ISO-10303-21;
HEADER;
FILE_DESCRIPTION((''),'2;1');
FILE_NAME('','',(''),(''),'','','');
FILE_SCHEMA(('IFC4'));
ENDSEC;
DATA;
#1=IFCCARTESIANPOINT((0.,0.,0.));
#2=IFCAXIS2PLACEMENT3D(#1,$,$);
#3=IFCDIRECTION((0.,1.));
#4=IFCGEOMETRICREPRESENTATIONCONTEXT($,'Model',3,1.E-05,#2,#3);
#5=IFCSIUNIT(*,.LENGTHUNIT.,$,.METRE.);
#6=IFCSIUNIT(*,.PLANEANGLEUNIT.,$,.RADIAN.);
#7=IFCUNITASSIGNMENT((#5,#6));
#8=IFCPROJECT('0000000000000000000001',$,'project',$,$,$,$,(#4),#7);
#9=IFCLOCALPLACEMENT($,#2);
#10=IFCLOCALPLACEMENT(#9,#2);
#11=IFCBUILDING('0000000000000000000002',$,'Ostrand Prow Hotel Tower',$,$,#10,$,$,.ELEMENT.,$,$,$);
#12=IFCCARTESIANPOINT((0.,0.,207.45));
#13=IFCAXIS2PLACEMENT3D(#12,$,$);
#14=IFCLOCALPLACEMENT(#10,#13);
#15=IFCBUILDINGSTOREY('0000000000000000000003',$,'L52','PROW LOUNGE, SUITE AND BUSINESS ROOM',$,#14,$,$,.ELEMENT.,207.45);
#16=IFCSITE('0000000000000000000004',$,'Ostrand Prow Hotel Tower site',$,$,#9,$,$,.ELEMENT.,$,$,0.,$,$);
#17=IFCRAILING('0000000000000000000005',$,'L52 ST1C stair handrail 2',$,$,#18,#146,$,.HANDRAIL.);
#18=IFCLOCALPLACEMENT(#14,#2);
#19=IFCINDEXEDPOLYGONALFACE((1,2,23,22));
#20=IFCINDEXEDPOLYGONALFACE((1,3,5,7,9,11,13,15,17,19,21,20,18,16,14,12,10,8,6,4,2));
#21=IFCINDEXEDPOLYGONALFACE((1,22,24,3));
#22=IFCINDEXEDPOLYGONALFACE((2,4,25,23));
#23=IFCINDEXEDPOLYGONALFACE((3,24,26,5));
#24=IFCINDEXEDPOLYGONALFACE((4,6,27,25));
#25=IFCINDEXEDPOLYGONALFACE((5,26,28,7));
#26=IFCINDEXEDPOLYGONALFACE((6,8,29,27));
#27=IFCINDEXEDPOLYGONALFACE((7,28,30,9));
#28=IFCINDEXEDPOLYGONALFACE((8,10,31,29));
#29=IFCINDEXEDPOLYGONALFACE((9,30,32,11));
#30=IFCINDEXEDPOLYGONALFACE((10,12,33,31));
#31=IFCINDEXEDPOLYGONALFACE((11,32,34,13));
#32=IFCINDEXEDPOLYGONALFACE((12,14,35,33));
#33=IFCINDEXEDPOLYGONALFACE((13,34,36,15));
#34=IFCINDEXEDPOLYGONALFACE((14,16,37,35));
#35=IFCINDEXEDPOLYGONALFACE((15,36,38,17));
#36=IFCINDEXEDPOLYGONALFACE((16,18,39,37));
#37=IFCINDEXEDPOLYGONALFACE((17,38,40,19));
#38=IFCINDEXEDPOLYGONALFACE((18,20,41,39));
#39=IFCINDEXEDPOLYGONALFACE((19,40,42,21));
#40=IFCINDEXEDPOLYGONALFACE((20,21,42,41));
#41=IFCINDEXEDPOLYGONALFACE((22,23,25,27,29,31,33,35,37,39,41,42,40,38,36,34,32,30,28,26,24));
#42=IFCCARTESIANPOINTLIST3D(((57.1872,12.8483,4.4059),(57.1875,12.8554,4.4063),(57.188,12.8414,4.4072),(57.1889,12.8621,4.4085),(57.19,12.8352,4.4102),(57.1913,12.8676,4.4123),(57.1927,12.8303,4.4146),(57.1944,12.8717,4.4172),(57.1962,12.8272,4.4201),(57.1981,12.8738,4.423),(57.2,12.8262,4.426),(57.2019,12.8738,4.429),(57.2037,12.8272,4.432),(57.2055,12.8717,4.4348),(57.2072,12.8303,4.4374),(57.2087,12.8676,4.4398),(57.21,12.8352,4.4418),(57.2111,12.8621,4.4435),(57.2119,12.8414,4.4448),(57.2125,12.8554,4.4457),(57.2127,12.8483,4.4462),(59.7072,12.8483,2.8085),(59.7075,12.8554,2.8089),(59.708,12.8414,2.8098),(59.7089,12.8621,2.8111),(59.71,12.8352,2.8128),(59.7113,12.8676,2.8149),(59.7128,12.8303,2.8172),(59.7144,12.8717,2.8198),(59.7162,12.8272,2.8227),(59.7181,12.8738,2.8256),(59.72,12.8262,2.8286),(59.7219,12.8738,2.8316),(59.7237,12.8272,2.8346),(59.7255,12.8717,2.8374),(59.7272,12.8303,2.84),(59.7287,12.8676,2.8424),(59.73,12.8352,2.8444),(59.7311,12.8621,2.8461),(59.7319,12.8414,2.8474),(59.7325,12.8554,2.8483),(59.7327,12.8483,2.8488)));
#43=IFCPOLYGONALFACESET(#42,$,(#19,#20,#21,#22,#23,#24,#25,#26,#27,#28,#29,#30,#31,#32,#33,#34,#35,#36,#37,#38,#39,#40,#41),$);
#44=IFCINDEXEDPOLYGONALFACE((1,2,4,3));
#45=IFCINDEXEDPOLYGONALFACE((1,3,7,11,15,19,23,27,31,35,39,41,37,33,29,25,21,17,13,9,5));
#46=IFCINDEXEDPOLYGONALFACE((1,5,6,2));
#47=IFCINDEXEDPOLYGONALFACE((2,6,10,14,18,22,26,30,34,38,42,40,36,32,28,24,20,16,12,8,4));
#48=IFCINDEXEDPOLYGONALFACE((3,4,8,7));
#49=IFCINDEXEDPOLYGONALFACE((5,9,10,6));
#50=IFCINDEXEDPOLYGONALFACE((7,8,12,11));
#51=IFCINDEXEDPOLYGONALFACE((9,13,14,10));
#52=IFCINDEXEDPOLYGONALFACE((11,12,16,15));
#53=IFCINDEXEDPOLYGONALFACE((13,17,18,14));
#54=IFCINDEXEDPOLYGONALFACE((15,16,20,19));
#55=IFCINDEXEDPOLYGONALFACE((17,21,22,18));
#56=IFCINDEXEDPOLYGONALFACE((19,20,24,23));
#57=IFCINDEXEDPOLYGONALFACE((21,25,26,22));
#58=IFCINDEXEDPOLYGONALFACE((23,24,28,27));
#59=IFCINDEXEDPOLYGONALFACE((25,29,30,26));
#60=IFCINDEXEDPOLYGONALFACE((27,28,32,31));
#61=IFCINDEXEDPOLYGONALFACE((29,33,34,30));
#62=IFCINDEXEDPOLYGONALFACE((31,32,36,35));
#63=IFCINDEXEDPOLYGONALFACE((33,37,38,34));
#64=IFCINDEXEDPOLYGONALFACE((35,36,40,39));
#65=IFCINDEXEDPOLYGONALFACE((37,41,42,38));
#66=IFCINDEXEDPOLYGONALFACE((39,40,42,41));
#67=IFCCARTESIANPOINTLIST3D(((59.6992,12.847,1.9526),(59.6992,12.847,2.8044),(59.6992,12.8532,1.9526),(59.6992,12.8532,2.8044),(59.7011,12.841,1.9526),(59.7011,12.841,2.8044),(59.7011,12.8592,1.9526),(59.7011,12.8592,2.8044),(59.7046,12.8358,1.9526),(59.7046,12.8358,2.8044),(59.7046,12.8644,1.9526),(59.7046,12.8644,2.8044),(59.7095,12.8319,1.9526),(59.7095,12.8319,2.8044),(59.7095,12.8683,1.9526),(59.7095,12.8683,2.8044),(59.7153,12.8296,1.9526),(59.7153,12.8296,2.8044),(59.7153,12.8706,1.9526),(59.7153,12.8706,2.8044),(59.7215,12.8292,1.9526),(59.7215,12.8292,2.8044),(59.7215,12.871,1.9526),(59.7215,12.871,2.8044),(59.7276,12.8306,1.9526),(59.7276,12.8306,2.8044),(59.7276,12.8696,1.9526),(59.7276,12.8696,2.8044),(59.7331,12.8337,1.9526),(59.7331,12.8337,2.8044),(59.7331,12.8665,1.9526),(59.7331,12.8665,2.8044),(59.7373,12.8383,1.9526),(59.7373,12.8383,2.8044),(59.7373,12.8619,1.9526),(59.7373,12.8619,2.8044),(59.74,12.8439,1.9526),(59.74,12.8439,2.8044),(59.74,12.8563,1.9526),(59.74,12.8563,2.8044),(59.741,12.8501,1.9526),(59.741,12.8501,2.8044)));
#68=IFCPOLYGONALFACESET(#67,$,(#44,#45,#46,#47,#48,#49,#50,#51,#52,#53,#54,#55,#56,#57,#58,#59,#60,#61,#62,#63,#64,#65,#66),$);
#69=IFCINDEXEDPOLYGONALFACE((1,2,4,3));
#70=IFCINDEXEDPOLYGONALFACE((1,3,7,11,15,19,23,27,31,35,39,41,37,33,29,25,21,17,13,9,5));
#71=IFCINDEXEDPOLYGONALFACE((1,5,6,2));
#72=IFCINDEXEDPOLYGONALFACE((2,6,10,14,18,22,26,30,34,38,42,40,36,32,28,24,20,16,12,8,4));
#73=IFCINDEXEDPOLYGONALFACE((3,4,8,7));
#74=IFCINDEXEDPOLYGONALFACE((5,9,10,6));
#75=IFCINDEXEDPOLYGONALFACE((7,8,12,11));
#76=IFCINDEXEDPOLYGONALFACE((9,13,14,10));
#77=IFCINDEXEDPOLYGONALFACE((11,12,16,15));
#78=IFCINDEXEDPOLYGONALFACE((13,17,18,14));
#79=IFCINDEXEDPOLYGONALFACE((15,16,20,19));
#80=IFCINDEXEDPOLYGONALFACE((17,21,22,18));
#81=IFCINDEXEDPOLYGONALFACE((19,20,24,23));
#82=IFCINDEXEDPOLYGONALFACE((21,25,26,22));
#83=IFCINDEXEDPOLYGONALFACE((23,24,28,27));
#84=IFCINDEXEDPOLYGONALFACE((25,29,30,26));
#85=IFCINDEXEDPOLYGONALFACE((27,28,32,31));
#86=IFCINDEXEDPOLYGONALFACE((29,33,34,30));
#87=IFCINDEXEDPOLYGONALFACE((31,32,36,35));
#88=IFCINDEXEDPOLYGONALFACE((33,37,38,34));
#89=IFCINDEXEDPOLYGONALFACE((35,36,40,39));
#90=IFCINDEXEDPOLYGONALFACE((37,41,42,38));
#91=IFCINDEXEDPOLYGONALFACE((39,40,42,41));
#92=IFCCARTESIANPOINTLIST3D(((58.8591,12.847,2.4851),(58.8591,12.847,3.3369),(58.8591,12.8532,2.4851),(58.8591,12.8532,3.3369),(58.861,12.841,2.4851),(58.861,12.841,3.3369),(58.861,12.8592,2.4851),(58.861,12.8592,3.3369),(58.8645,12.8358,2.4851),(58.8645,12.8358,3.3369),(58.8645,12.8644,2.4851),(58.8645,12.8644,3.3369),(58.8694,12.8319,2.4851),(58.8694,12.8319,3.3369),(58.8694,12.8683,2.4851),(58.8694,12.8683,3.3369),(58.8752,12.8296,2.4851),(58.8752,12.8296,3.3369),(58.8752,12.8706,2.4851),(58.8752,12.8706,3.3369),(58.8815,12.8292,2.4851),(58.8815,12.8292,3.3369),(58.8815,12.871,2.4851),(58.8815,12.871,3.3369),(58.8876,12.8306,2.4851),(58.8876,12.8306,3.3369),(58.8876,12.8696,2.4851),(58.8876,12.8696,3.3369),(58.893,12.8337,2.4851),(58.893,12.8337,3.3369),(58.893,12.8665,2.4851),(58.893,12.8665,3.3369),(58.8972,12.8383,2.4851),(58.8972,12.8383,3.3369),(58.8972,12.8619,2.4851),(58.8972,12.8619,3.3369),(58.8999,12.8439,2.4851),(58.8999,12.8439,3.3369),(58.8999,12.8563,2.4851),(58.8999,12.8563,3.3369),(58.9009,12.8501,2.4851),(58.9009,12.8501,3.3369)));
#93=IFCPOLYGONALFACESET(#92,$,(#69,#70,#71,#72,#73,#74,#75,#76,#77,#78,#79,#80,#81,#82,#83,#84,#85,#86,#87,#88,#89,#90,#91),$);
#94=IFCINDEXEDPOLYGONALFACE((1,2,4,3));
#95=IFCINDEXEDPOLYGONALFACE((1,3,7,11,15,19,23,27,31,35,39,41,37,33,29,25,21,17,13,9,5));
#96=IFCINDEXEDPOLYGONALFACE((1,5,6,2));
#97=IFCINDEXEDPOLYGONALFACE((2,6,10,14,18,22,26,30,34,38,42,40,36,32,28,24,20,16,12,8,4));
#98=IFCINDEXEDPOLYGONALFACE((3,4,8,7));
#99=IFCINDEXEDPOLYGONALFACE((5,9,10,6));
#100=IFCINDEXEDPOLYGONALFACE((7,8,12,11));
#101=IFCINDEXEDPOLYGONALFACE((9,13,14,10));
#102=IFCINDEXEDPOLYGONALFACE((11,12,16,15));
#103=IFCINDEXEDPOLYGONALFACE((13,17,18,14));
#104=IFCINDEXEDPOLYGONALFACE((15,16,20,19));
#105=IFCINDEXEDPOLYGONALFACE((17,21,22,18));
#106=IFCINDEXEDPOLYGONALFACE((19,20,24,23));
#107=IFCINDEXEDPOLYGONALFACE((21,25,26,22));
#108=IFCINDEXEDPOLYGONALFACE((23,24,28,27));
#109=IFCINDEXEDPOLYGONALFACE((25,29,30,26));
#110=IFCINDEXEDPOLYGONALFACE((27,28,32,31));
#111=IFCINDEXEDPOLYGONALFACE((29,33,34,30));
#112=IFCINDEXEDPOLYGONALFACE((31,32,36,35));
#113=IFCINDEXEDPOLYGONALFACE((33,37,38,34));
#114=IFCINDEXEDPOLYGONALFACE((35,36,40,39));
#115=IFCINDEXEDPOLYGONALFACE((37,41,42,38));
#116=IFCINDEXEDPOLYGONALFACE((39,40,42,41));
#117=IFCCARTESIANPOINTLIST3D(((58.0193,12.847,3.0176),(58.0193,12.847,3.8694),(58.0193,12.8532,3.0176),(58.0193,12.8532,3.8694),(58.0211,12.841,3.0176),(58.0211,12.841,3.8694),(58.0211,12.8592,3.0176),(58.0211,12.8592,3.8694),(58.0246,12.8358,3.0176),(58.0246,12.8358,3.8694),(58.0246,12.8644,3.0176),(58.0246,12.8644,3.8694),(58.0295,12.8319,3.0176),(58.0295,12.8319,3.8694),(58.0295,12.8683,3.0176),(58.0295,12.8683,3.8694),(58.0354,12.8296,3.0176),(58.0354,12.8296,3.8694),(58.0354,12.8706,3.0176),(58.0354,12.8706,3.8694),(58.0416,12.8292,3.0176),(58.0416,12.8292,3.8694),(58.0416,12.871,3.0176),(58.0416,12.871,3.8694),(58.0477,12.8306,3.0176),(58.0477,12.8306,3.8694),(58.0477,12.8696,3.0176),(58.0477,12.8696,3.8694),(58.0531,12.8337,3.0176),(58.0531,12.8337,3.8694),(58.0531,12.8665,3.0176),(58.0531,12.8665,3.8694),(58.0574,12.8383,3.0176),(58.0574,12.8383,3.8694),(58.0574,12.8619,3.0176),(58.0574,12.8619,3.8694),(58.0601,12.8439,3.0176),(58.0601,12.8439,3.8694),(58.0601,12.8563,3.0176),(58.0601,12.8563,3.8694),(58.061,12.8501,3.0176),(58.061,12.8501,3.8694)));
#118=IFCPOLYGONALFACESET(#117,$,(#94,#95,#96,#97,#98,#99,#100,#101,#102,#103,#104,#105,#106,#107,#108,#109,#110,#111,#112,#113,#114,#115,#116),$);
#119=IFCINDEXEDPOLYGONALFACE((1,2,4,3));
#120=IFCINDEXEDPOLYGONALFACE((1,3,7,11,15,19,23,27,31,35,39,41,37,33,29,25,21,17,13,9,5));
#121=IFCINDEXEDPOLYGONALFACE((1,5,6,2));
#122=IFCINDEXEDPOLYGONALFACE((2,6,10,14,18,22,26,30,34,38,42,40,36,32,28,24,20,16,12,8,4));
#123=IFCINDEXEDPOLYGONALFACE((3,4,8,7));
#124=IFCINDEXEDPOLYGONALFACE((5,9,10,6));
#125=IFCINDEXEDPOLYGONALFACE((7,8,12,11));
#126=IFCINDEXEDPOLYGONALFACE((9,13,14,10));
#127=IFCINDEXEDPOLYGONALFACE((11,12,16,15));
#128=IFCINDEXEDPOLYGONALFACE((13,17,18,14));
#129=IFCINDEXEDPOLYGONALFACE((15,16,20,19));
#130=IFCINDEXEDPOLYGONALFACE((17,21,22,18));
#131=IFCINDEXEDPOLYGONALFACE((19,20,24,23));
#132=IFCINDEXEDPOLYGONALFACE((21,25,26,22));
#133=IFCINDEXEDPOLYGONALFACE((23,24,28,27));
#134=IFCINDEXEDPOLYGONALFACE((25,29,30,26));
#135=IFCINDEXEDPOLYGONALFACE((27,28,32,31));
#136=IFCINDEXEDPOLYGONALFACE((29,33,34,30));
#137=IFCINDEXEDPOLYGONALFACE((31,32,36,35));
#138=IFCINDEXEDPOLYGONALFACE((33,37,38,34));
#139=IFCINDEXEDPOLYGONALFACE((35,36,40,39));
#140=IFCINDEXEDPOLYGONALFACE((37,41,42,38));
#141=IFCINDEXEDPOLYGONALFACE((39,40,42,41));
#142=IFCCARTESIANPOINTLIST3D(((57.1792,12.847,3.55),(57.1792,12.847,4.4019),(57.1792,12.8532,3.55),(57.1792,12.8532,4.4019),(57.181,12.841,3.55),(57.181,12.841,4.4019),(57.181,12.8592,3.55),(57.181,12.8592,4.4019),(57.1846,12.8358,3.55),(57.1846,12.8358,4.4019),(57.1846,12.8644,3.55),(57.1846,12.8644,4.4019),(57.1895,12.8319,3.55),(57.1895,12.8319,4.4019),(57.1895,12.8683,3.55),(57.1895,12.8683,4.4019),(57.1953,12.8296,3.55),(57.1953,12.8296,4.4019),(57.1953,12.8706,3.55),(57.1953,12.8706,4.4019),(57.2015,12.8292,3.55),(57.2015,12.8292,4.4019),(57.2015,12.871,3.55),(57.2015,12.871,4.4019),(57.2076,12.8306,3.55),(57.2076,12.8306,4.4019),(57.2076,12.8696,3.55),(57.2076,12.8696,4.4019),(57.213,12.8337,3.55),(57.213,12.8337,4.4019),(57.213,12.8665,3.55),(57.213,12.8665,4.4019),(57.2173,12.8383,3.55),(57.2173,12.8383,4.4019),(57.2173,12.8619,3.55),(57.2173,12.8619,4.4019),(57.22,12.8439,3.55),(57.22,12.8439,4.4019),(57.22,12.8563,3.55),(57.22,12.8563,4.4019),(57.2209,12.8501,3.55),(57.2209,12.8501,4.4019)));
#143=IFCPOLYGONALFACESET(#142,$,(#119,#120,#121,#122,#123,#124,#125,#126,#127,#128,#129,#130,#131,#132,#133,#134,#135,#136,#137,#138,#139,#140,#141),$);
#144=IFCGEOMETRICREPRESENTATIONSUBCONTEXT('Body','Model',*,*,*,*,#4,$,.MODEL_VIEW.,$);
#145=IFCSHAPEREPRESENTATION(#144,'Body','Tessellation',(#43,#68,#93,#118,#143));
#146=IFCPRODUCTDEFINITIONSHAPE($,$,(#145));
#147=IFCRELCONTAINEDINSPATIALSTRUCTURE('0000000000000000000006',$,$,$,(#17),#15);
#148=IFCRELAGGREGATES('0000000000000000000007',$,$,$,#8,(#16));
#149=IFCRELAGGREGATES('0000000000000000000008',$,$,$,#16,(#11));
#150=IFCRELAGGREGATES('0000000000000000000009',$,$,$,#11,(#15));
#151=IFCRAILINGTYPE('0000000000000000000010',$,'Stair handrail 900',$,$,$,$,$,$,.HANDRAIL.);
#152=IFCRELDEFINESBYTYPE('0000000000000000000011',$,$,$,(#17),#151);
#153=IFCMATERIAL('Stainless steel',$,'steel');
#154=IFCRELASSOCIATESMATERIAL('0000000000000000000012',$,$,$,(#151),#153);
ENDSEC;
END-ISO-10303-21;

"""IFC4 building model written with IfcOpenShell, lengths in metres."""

from ifc_helpers import new_model, si_unit, direction, frame, origin, origin_2d, place, context, subcontext, project, spatial, circle, extrude, material, type_object, element, save


model = new_model("IFC4")

# Units and contexts
model_context = context("Model", 3, precision=1e-05, world=origin(), true_north=direction((0.0, 1.0)))
body_context = subcontext(model_context, "Body", "Model", "MODEL_VIEW")
ifc_project = project(units=[si_unit("LENGTHUNIT", "METRE"), si_unit("PLANEANGLEUNIT", "RADIAN")], contexts=[model_context])

# Site, building, storey
site_placement = place(None, origin())
site = spatial("IfcSite", under=ifc_project, at=site_placement, Name="Ostrand Prow Hotel Tower site", CompositionType="ELEMENT", RefElevation=0.0)
building_placement = place(site_placement, origin())
building = spatial("IfcBuilding", under=site, at=building_placement, Name="Ostrand Prow Hotel Tower", CompositionType="ELEMENT")
storey_placement = place(building_placement, frame((0.0, 0.0, 207.45)))
storey = spatial("IfcBuildingStorey", under=building, at=storey_placement, Name="L52", Description="PROW LOUNGE, SUITE AND BUSINESS ROOM", CompositionType="ELEMENT", Elevation=207.45)

# Railing
ifc_material_1 = material(Name="Stainless steel", Category="steel")
railing_type_1 = type_object("IfcRailingType", Name="Stair handrail 900", PredefinedType="HANDRAIL", material=ifc_material_1)
railing_1_placement = place(storey_placement, frame((59.72, 12.8501, 1.9526)))
element("IfcRailing", 1, at=railing_1_placement, inside=storey, type_object=railing_type_1, Name="L52 ST1C stair handrail 2", PredefinedType="HANDRAIL", context=body_context, shape_type="SweptSolid", body=[
    extrude(circle(Radius=0.0239, at=origin_2d()), frame((0.0, 0.0, 0.876), z_axis=(-0.844607, 0.0, 0.535387), x_axis=(0.0, -1.0, 0.0)), (0.0, 0.0, 1.0), 2.9836),
    extrude(circle(Radius=0.021, at=origin_2d()), origin(), (0.0, 0.0, 1.0), 0.8518),
    extrude(circle(Radius=0.021, at=origin_2d()), frame((-0.8401, 0.0, 0.5325)), (0.0, 0.0, 1.0), 0.8518),
    extrude(circle(Radius=0.021, at=origin_2d()), frame((-1.6799, 0.0, 1.0649)), (0.0, 0.0, 1.0), 0.8518),
    extrude(circle(Radius=0.021, at=origin_2d()), frame((-2.52, 0.0, 1.5974)), (0.0, 0.0, 1.0), 0.8518),
])

save(model, "model.ifc")
